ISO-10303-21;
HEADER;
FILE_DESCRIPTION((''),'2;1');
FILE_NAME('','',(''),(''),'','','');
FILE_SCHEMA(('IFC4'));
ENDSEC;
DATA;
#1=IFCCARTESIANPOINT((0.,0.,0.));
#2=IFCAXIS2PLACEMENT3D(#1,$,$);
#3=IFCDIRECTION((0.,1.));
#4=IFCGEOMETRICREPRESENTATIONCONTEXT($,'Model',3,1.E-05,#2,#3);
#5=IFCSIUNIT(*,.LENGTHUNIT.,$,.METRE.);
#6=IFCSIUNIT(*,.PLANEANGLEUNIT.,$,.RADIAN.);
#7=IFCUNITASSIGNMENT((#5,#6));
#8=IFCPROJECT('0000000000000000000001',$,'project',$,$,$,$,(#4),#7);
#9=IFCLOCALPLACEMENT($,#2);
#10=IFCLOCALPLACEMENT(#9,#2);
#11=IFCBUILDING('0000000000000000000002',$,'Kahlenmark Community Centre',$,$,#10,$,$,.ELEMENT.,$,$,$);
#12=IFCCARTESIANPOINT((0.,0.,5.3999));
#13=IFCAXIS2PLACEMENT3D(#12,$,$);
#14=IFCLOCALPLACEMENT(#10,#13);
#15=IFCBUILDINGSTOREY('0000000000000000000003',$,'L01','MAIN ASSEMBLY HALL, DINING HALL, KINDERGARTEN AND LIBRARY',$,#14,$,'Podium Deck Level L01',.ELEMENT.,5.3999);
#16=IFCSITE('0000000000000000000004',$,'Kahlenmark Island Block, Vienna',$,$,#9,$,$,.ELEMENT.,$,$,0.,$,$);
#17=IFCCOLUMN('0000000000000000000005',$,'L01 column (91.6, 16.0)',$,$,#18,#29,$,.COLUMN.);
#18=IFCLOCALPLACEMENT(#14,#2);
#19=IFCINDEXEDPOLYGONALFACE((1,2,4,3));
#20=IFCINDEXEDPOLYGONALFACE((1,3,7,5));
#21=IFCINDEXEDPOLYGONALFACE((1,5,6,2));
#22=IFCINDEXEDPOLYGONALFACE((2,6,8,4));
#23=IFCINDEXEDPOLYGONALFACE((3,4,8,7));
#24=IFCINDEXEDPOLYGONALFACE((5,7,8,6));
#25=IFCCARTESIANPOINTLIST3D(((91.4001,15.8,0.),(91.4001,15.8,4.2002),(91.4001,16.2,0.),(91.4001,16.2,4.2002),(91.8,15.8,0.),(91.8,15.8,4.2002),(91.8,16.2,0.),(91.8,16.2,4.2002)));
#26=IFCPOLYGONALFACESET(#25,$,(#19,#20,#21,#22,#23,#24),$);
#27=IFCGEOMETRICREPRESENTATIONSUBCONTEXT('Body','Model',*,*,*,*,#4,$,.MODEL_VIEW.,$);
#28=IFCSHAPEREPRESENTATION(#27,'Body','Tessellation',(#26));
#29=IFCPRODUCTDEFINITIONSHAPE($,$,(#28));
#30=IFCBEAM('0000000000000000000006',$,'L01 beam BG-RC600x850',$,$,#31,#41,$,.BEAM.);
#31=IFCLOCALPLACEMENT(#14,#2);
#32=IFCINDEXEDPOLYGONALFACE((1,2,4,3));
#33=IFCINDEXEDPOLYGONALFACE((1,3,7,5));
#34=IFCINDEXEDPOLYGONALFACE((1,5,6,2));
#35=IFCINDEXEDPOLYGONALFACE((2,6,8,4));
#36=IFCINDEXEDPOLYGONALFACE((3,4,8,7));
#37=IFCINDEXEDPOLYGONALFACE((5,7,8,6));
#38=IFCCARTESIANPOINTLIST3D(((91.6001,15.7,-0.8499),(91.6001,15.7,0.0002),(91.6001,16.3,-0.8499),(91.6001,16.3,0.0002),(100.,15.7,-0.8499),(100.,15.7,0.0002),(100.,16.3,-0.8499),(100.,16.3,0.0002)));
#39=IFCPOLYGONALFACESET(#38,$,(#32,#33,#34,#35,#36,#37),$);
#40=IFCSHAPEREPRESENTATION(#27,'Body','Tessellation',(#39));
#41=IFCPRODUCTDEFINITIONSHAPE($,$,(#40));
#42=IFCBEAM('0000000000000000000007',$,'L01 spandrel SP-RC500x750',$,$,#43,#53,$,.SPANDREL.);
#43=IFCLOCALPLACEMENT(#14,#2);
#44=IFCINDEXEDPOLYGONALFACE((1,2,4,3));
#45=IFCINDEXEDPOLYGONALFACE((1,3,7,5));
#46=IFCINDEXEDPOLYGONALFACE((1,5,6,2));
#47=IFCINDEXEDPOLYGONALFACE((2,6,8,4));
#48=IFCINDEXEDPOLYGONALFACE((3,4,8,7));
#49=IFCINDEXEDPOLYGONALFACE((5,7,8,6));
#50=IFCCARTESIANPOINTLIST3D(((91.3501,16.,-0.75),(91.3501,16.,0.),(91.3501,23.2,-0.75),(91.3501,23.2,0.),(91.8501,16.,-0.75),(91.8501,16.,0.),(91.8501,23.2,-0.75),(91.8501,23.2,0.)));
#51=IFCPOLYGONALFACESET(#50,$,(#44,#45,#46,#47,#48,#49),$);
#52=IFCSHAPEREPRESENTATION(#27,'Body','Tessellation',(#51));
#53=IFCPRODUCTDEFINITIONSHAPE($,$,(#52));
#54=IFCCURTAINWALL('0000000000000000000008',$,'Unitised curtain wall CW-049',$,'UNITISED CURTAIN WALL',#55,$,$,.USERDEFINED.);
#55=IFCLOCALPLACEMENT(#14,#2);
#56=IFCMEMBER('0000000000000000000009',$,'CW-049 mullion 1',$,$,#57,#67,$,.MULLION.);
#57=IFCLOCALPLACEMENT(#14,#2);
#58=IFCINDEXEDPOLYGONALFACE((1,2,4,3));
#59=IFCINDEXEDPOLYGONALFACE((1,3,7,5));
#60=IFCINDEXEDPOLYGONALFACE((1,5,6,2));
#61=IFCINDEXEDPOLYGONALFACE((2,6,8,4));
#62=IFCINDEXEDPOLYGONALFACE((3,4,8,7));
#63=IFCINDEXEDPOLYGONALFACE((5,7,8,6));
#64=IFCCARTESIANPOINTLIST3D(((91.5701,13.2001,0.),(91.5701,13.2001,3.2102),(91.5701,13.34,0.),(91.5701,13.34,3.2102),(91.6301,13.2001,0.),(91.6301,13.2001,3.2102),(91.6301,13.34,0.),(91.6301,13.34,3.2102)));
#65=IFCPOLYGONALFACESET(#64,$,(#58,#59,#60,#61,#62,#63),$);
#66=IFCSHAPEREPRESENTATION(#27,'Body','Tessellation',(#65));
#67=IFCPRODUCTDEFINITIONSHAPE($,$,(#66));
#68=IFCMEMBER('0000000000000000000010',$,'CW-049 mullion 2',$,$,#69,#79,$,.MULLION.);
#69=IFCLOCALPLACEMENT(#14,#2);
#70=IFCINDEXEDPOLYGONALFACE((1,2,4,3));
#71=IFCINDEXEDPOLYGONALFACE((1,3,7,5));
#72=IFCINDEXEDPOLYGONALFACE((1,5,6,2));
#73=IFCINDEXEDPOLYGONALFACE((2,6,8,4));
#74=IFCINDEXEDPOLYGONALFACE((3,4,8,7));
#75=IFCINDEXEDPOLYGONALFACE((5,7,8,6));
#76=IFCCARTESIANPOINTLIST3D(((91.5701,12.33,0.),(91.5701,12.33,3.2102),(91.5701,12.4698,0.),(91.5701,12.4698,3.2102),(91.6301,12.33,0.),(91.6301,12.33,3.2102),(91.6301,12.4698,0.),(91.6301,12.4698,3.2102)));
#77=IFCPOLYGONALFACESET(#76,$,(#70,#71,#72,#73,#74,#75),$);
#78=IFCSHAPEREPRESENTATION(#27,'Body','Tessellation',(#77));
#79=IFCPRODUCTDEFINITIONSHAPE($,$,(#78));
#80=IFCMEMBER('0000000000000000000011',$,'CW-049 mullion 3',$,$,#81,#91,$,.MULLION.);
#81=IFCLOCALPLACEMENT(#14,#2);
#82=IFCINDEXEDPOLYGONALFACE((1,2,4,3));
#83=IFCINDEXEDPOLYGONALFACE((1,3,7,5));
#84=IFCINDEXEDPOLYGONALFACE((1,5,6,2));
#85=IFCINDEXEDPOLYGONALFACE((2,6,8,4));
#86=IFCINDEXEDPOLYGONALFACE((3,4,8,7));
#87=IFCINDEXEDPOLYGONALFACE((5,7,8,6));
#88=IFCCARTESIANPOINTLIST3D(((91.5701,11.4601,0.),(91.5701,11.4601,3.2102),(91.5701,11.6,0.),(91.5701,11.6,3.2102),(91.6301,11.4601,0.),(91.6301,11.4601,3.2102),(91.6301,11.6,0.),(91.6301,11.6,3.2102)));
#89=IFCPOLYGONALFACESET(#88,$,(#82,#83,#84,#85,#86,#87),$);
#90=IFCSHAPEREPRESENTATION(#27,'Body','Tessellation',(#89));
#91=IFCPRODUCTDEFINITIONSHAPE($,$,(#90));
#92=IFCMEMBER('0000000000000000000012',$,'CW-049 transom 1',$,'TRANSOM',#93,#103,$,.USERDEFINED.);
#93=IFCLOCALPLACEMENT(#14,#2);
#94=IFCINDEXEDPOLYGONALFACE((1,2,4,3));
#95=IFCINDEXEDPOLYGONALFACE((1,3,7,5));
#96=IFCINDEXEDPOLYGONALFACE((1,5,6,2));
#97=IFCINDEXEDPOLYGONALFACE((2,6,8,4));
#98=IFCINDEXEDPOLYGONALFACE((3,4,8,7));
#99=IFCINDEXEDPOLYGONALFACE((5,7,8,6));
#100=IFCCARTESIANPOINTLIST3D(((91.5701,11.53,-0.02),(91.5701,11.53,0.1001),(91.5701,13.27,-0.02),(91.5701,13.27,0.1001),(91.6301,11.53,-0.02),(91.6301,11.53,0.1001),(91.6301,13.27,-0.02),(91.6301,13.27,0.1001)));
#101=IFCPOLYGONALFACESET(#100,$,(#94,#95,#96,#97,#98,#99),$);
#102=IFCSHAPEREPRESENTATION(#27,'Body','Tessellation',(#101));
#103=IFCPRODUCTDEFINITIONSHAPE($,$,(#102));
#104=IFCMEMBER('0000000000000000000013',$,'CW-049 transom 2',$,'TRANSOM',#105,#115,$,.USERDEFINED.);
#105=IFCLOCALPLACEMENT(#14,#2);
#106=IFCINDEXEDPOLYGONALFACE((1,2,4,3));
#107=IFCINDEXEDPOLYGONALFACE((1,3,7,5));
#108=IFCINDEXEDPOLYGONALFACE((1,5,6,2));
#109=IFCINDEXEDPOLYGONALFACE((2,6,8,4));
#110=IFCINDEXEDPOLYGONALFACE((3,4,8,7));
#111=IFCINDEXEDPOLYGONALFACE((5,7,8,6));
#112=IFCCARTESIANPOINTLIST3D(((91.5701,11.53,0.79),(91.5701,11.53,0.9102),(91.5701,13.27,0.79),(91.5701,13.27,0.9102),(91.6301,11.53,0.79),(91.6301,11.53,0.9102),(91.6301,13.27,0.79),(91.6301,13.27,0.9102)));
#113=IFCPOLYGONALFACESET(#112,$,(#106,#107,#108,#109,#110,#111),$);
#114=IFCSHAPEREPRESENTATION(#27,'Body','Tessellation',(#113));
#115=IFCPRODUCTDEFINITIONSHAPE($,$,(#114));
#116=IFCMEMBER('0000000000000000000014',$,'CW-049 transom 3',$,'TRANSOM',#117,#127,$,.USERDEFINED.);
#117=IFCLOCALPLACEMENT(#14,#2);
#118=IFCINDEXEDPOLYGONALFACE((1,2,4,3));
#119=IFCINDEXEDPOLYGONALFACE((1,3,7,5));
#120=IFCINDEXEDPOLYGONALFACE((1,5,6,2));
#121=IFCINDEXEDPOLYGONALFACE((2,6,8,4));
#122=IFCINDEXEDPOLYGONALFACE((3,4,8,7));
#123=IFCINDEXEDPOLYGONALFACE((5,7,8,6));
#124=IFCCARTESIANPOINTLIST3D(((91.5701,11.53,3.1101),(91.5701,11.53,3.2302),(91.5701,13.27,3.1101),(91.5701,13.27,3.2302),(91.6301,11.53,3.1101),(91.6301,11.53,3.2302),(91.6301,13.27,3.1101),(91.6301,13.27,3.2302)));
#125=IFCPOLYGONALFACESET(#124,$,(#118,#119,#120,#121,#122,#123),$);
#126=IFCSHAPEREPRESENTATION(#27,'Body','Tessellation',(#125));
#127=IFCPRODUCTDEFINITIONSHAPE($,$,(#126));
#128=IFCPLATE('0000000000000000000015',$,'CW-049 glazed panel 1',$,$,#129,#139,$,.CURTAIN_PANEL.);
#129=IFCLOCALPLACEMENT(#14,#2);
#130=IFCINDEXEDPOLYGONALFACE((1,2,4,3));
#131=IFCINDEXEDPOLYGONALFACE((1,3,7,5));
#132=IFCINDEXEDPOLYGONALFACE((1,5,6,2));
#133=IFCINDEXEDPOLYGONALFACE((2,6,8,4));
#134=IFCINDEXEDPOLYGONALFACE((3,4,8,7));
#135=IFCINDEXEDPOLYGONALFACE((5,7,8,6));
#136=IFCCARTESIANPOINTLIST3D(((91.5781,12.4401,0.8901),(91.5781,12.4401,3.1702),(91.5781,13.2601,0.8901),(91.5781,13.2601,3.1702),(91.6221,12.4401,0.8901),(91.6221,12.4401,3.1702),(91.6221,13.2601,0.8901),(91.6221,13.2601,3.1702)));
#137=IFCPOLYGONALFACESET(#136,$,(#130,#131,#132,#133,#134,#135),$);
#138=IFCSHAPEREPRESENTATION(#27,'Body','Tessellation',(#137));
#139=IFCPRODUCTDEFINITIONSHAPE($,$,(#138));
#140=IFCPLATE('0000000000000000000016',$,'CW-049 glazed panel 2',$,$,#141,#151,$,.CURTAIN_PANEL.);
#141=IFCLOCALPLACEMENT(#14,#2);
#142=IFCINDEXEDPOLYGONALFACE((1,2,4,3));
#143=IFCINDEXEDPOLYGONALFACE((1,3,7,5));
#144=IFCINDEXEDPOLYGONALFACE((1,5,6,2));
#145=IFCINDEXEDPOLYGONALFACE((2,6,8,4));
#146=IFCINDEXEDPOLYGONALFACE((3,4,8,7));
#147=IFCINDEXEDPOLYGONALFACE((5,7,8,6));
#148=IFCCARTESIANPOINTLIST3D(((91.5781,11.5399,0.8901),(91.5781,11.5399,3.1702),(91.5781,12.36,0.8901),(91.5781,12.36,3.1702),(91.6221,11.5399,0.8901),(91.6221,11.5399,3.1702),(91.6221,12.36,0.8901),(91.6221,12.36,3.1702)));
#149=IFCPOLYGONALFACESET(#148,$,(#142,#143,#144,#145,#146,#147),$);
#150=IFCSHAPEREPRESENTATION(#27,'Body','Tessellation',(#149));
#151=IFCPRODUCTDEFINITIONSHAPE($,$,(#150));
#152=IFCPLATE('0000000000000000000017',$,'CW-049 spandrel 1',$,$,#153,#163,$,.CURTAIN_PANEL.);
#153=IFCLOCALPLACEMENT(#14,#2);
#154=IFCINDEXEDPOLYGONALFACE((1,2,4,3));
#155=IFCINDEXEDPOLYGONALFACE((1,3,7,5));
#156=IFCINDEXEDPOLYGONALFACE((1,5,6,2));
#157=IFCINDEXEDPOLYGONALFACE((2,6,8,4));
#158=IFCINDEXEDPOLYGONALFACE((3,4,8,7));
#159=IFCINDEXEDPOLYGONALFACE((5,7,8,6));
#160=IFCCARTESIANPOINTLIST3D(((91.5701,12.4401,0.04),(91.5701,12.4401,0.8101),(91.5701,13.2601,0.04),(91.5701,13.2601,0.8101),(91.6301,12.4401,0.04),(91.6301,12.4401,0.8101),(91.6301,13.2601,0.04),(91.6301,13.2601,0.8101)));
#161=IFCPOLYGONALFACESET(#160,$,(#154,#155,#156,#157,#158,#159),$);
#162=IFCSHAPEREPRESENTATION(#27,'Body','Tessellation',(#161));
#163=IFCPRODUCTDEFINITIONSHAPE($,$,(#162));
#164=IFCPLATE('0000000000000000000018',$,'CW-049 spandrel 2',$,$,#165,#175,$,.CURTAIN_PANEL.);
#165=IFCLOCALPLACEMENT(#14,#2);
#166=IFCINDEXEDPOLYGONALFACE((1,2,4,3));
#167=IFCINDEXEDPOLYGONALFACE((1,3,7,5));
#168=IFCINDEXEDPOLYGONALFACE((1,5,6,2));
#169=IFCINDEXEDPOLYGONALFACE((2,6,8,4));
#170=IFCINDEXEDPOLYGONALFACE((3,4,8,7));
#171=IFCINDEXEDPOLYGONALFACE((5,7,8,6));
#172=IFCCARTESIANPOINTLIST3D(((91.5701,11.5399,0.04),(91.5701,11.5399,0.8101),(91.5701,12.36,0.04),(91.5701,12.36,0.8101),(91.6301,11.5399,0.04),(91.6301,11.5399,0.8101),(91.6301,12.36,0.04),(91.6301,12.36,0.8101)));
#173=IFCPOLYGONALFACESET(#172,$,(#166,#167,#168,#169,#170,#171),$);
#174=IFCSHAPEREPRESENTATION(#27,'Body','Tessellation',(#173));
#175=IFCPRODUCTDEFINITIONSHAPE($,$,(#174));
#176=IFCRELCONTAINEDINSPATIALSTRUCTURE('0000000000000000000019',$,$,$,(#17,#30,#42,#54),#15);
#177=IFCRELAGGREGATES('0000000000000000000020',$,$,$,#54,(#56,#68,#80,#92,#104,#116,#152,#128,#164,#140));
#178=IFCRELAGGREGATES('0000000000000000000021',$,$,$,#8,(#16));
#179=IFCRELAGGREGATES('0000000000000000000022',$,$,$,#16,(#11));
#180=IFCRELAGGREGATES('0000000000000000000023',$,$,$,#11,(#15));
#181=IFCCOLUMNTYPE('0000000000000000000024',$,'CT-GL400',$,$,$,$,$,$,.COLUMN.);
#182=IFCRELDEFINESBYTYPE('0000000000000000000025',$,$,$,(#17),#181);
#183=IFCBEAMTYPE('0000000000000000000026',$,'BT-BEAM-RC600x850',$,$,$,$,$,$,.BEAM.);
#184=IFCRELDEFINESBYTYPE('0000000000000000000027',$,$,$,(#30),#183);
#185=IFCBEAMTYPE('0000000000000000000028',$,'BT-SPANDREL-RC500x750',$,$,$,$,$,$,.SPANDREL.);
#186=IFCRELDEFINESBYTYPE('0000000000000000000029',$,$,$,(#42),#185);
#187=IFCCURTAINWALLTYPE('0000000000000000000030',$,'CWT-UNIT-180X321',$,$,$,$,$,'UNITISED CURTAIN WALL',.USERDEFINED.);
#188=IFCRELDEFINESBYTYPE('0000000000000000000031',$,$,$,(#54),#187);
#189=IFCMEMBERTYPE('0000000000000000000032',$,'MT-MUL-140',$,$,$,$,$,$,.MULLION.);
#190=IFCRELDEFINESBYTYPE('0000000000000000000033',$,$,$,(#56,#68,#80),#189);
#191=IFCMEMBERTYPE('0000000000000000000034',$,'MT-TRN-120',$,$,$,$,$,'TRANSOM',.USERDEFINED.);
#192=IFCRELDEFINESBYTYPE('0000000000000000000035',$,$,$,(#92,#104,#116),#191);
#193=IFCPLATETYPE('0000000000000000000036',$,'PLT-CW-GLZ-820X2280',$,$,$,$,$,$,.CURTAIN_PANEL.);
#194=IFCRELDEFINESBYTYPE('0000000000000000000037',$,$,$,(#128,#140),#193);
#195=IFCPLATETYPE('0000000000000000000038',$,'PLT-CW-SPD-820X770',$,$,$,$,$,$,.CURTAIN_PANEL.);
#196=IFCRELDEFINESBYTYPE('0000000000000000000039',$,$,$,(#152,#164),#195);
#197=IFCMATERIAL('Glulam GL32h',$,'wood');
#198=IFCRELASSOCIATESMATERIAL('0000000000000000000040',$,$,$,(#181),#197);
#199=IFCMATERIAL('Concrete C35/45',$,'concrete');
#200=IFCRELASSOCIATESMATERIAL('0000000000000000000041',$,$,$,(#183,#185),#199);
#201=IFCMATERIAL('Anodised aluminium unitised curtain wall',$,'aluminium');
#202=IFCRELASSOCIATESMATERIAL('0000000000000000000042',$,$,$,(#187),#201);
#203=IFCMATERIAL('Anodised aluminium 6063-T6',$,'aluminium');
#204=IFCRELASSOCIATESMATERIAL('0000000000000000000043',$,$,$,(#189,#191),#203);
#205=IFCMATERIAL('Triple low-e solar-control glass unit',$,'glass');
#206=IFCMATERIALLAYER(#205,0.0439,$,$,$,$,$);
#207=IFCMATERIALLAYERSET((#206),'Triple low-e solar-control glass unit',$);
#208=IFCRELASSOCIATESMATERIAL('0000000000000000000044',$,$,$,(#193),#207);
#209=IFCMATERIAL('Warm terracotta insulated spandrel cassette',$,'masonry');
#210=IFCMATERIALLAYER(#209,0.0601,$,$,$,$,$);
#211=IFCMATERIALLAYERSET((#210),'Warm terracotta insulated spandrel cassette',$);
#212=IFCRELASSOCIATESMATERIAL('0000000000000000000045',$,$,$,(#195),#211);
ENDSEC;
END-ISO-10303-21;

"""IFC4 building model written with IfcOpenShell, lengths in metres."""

from ifc_helpers import new_model, si_unit, direction, frame, origin, origin_2d, place, context, subcontext, project, spatial, rectangle, extrude, material, layer, layer_set, material_profile, profile_set, type_object, element, aggregate, save


model = new_model("IFC4")

# Units and contexts
model_context = context("Model", 3, precision=1e-05, world=origin(), true_north=direction((0.0, 1.0)))
body_context = subcontext(model_context, "Body", "Model", "MODEL_VIEW")
ifc_project = project(units=[si_unit("LENGTHUNIT", "METRE"), si_unit("PLANEANGLEUNIT", "RADIAN")], contexts=[model_context])

# Site, building, storey
site_placement = place(None, origin())
site = spatial("IfcSite", under=ifc_project, at=site_placement, Name="Kahlenmark Island Block, Vienna", CompositionType="ELEMENT", RefElevation=0.0)
building_placement = place(site_placement, origin())
building = spatial("IfcBuilding", under=site, at=building_placement, Name="Kahlenmark Community Centre", CompositionType="ELEMENT")
storey_placement = place(building_placement, frame((0.0, 0.0, 5.3999)))
storey = spatial("IfcBuildingStorey", under=building, at=storey_placement, Name="L01", Description="MAIN ASSEMBLY HALL, DINING HALL, KINDERGARTEN AND LIBRARY", LongName="Podium Deck Level L01", CompositionType="ELEMENT", Elevation=5.3999)

# Column
ifc_material_1 = material(Name="Glulam GL32h", Category="wood")
ifc_material_profile_1 = material_profile(ifc_material_1, rectangle(XDim=0.3999, YDim=0.3999, at=origin_2d()), Name="GL32h 400x400")
ifc_profile_set_1 = profile_set([ifc_material_profile_1], Name="Glulam GL32h")
column_type = type_object("IfcColumnType", Name="CT-GL400", PredefinedType="COLUMN", material=ifc_profile_set_1)
column_placement = place(storey_placement, frame((91.6001, 16.0, 0.0), z_axis=(0.0, 0.0, 1.0), x_axis=(1.0, 0.0, 0.0)))
element("IfcColumn", 1, at=column_placement, inside=storey, type_object=column_type, Name="L01 column (91.6, 16.0)", PredefinedType="COLUMN", context=body_context, shape_type="SweptSolid", body=[
    extrude(rectangle(XDim=0.3999, YDim=0.3999, at=origin_2d()), origin(), (0.0, 0.0, 1.0), 4.2002),
])

# Beams
ifc_material_2 = material(Name="Concrete C35/45", Category="concrete")
ifc_material_profile_2 = material_profile(ifc_material_2, rectangle(XDim=0.6001, YDim=0.8501, at=origin_2d()), Name="RC 600x850")
ifc_profile_set_2 = profile_set([ifc_material_profile_2], Name="Concrete C35/45")
beam_type_1 = type_object("IfcBeamType", Name="BT-BEAM-RC600x850", PredefinedType="BEAM", material=ifc_profile_set_2)
beam_1_placement = place(storey_placement, frame((91.6001, 16.0, -0.4248), z_axis=(1.0, 0.0, 0.0), x_axis=(0.0, 1.0, 0.0)))
element("IfcBeam", 2, at=beam_1_placement, inside=storey, type_object=beam_type_1, Name="L01 beam BG-RC600x850", PredefinedType="BEAM", context=body_context, shape_type="SweptSolid", body=[
    extrude(rectangle(XDim=0.6001, YDim=0.8501, at=origin_2d()), origin(), (0.0, 0.0, 1.0), 8.3999),
])
ifc_material_profile_3 = material_profile(ifc_material_2, rectangle(XDim=0.5, YDim=0.75, at=origin_2d()), Name="RC 500x750")
ifc_profile_set_3 = profile_set([ifc_material_profile_3], Name="Concrete C35/45")
beam_type_2 = type_object("IfcBeamType", Name="BT-SPANDREL-RC500x750", PredefinedType="SPANDREL", material=ifc_profile_set_3)
beam_2_placement = place(storey_placement, frame((91.6001, 16.0, -0.375), z_axis=(0.0, 1.0, 0.0), x_axis=(-1.0, 0.0, 0.0)))
element("IfcBeam", 3, at=beam_2_placement, inside=storey, type_object=beam_type_2, Name="L01 spandrel SP-RC500x750", PredefinedType="SPANDREL", context=body_context, shape_type="SweptSolid", body=[
    extrude(rectangle(XDim=0.5, YDim=0.75, at=origin_2d()), origin(), (0.0, 0.0, 1.0), 7.2),
])

# Curtain wall, members, plates
ifc_material_3 = material(Name="Anodised aluminium unitised curtain wall", Category="aluminium")
curtain_wall_type = type_object("IfcCurtainWallType", Name="CWT-UNIT-180X321", ElementType="UNITISED CURTAIN WALL", PredefinedType="USERDEFINED", material=ifc_material_3)
curtain_wall_placement = place(storey_placement, origin())
curtain_wall = element("IfcCurtainWall", 4, at=curtain_wall_placement, inside=storey, type_object=curtain_wall_type, Name="Unitised curtain wall CW-049", ObjectType="UNITISED CURTAIN WALL", PredefinedType="USERDEFINED")
ifc_material_4 = material(Name="Anodised aluminium 6063-T6", Category="aluminium")
ifc_material_profile_4 = material_profile(ifc_material_4, rectangle(XDim=0.0601, YDim=0.1399, at=origin_2d()), Name="ALU MULLION 60x140")
ifc_profile_set_4 = profile_set([ifc_material_profile_4], Name="Anodised aluminium 6063-T6")
member_type_1 = type_object("IfcMemberType", Name="MT-MUL-140", PredefinedType="MULLION", material=ifc_profile_set_4)
member_1_placement = place(storey_placement, frame((91.6001, 13.27, 0.0), z_axis=(0.0, 0.0, 1.0), x_axis=(1.0, 0.0, 0.0)))
member_1 = element("IfcMember", 5, at=member_1_placement, type_object=member_type_1, Name="CW-049 mullion 1", PredefinedType="MULLION", context=body_context, shape_type="SweptSolid", body=[
    extrude(rectangle(XDim=0.0601, YDim=0.1399, at=origin_2d()), origin(), (0.0, 0.0, 1.0), 3.2102),
])
member_2_placement = place(storey_placement, frame((91.6001, 12.3999, 0.0), z_axis=(0.0, 0.0, 1.0), x_axis=(1.0, 0.0, 0.0)))
member_2 = element("IfcMember", 6, at=member_2_placement, type_object=member_type_1, Name="CW-049 mullion 2", PredefinedType="MULLION", context=body_context, shape_type="SweptSolid", body=[
    extrude(rectangle(XDim=0.0601, YDim=0.1399, at=origin_2d()), origin(), (0.0, 0.0, 1.0), 3.2102),
])
member_3_placement = place(storey_placement, frame((91.6001, 11.53, 0.0), z_axis=(0.0, 0.0, 1.0), x_axis=(1.0, 0.0, 0.0)))
member_3 = element("IfcMember", 7, at=member_3_placement, type_object=member_type_1, Name="CW-049 mullion 3", PredefinedType="MULLION", context=body_context, shape_type="SweptSolid", body=[
    extrude(rectangle(XDim=0.0601, YDim=0.1399, at=origin_2d()), origin(), (0.0, 0.0, 1.0), 3.2102),
])
ifc_material_profile_5 = material_profile(ifc_material_4, rectangle(XDim=0.0601, YDim=0.1201, at=origin_2d()), Name="ALU TRANSOM 60x120")
ifc_profile_set_5 = profile_set([ifc_material_profile_5], Name="Anodised aluminium 6063-T6")
member_type_2 = type_object("IfcMemberType", Name="MT-TRN-120", ElementType="TRANSOM", PredefinedType="USERDEFINED", material=ifc_profile_set_5)
member_4_placement = place(storey_placement, frame((91.6001, 13.27, 0.04), z_axis=(0.0, -1.0, 0.0), x_axis=(1.0, 0.0, 0.0)))
member_4 = element("IfcMember", 8, at=member_4_placement, type_object=member_type_2, Name="CW-049 transom 1", ObjectType="TRANSOM", PredefinedType="USERDEFINED", context=body_context, shape_type="SweptSolid", body=[
    extrude(rectangle(XDim=0.0601, YDim=0.1201, at=origin_2d()), origin(), (0.0, 0.0, 1.0), 1.74),
])
member_5_placement = place(storey_placement, frame((91.6001, 13.27, 0.8501), z_axis=(0.0, -1.0, 0.0), x_axis=(1.0, 0.0, 0.0)))
member_5 = element("IfcMember", 9, at=member_5_placement, type_object=member_type_2, Name="CW-049 transom 2", ObjectType="TRANSOM", PredefinedType="USERDEFINED", context=body_context, shape_type="SweptSolid", body=[
    extrude(rectangle(XDim=0.0601, YDim=0.1201, at=origin_2d()), origin(), (0.0, 0.0, 1.0), 1.74),
])
member_6_placement = place(storey_placement, frame((91.6001, 13.27, 3.1702), z_axis=(0.0, -1.0, 0.0), x_axis=(1.0, 0.0, 0.0)))
member_6 = element("IfcMember", 10, at=member_6_placement, type_object=member_type_2, Name="CW-049 transom 3", ObjectType="TRANSOM", PredefinedType="USERDEFINED", context=body_context, shape_type="SweptSolid", body=[
    extrude(rectangle(XDim=0.0601, YDim=0.1201, at=origin_2d()), origin(), (0.0, 0.0, 1.0), 1.74),
])
ifc_material_5 = material(Name="Triple low-e solar-control glass unit", Category="glass")
ifc_layer_1 = layer(ifc_material_5, 0.0439)
ifc_layer_set_1 = layer_set([ifc_layer_1], Name="Triple low-e solar-control glass unit")
plate_type_1 = type_object("IfcPlateType", Name="PLT-CW-GLZ-820X2280", PredefinedType="CURTAIN_PANEL", material=ifc_layer_set_1)
plate_1_placement = place(storey_placement, frame((91.6001, 12.8501, 0.8901), z_axis=(0.0, 0.0, 1.0), x_axis=(0.0, -1.0, 0.0)))
plate_1 = element("IfcPlate", 11, at=plate_1_placement, type_object=plate_type_1, Name="CW-049 glazed panel 1", PredefinedType="CURTAIN_PANEL", context=body_context, shape_type="SweptSolid", body=[
    extrude(rectangle(XDim=0.8201, YDim=0.0439, at=origin_2d()), origin(), (0.0, 0.0, 1.0), 2.28),
])
plate_2_placement = place(storey_placement, frame((91.6001, 11.95, 0.8901), z_axis=(0.0, 0.0, 1.0), x_axis=(0.0, -1.0, 0.0)))
plate_2 = element("IfcPlate", 12, at=plate_2_placement, type_object=plate_type_1, Name="CW-049 glazed panel 2", PredefinedType="CURTAIN_PANEL", context=body_context, shape_type="SweptSolid", body=[
    extrude(rectangle(XDim=0.8201, YDim=0.0439, at=origin_2d()), origin(), (0.0, 0.0, 1.0), 2.28),
])
ifc_material_6 = material(Name="Warm terracotta insulated spandrel cassette", Category="masonry")
ifc_layer_2 = layer(ifc_material_6, 0.0601)
ifc_layer_set_2 = layer_set([ifc_layer_2], Name="Warm terracotta insulated spandrel cassette")
plate_type_2 = type_object("IfcPlateType", Name="PLT-CW-SPD-820X770", PredefinedType="CURTAIN_PANEL", material=ifc_layer_set_2)
plate_3_placement = place(storey_placement, frame((91.6001, 12.8501, 0.04), z_axis=(0.0, 0.0, 1.0), x_axis=(0.0, -1.0, 0.0)))
plate_3 = element("IfcPlate", 13, at=plate_3_placement, type_object=plate_type_2, Name="CW-049 spandrel 1", PredefinedType="CURTAIN_PANEL", context=body_context, shape_type="SweptSolid", body=[
    extrude(rectangle(XDim=0.8201, YDim=0.0601, at=origin_2d()), origin(), (0.0, 0.0, 1.0), 0.77),
])
plate_4_placement = place(storey_placement, frame((91.6001, 11.95, 0.04), z_axis=(0.0, 0.0, 1.0), x_axis=(0.0, -1.0, 0.0)))
plate_4 = element("IfcPlate", 14, at=plate_4_placement, type_object=plate_type_2, Name="CW-049 spandrel 2", PredefinedType="CURTAIN_PANEL", context=body_context, shape_type="SweptSolid", body=[
    extrude(rectangle(XDim=0.8201, YDim=0.0601, at=origin_2d()), origin(), (0.0, 0.0, 1.0), 0.77),
])
aggregate(curtain_wall, [member_1, member_2, member_3, member_4, member_5, member_6, plate_3, plate_1, plate_4, plate_2])

save(model, "model.ifc")
